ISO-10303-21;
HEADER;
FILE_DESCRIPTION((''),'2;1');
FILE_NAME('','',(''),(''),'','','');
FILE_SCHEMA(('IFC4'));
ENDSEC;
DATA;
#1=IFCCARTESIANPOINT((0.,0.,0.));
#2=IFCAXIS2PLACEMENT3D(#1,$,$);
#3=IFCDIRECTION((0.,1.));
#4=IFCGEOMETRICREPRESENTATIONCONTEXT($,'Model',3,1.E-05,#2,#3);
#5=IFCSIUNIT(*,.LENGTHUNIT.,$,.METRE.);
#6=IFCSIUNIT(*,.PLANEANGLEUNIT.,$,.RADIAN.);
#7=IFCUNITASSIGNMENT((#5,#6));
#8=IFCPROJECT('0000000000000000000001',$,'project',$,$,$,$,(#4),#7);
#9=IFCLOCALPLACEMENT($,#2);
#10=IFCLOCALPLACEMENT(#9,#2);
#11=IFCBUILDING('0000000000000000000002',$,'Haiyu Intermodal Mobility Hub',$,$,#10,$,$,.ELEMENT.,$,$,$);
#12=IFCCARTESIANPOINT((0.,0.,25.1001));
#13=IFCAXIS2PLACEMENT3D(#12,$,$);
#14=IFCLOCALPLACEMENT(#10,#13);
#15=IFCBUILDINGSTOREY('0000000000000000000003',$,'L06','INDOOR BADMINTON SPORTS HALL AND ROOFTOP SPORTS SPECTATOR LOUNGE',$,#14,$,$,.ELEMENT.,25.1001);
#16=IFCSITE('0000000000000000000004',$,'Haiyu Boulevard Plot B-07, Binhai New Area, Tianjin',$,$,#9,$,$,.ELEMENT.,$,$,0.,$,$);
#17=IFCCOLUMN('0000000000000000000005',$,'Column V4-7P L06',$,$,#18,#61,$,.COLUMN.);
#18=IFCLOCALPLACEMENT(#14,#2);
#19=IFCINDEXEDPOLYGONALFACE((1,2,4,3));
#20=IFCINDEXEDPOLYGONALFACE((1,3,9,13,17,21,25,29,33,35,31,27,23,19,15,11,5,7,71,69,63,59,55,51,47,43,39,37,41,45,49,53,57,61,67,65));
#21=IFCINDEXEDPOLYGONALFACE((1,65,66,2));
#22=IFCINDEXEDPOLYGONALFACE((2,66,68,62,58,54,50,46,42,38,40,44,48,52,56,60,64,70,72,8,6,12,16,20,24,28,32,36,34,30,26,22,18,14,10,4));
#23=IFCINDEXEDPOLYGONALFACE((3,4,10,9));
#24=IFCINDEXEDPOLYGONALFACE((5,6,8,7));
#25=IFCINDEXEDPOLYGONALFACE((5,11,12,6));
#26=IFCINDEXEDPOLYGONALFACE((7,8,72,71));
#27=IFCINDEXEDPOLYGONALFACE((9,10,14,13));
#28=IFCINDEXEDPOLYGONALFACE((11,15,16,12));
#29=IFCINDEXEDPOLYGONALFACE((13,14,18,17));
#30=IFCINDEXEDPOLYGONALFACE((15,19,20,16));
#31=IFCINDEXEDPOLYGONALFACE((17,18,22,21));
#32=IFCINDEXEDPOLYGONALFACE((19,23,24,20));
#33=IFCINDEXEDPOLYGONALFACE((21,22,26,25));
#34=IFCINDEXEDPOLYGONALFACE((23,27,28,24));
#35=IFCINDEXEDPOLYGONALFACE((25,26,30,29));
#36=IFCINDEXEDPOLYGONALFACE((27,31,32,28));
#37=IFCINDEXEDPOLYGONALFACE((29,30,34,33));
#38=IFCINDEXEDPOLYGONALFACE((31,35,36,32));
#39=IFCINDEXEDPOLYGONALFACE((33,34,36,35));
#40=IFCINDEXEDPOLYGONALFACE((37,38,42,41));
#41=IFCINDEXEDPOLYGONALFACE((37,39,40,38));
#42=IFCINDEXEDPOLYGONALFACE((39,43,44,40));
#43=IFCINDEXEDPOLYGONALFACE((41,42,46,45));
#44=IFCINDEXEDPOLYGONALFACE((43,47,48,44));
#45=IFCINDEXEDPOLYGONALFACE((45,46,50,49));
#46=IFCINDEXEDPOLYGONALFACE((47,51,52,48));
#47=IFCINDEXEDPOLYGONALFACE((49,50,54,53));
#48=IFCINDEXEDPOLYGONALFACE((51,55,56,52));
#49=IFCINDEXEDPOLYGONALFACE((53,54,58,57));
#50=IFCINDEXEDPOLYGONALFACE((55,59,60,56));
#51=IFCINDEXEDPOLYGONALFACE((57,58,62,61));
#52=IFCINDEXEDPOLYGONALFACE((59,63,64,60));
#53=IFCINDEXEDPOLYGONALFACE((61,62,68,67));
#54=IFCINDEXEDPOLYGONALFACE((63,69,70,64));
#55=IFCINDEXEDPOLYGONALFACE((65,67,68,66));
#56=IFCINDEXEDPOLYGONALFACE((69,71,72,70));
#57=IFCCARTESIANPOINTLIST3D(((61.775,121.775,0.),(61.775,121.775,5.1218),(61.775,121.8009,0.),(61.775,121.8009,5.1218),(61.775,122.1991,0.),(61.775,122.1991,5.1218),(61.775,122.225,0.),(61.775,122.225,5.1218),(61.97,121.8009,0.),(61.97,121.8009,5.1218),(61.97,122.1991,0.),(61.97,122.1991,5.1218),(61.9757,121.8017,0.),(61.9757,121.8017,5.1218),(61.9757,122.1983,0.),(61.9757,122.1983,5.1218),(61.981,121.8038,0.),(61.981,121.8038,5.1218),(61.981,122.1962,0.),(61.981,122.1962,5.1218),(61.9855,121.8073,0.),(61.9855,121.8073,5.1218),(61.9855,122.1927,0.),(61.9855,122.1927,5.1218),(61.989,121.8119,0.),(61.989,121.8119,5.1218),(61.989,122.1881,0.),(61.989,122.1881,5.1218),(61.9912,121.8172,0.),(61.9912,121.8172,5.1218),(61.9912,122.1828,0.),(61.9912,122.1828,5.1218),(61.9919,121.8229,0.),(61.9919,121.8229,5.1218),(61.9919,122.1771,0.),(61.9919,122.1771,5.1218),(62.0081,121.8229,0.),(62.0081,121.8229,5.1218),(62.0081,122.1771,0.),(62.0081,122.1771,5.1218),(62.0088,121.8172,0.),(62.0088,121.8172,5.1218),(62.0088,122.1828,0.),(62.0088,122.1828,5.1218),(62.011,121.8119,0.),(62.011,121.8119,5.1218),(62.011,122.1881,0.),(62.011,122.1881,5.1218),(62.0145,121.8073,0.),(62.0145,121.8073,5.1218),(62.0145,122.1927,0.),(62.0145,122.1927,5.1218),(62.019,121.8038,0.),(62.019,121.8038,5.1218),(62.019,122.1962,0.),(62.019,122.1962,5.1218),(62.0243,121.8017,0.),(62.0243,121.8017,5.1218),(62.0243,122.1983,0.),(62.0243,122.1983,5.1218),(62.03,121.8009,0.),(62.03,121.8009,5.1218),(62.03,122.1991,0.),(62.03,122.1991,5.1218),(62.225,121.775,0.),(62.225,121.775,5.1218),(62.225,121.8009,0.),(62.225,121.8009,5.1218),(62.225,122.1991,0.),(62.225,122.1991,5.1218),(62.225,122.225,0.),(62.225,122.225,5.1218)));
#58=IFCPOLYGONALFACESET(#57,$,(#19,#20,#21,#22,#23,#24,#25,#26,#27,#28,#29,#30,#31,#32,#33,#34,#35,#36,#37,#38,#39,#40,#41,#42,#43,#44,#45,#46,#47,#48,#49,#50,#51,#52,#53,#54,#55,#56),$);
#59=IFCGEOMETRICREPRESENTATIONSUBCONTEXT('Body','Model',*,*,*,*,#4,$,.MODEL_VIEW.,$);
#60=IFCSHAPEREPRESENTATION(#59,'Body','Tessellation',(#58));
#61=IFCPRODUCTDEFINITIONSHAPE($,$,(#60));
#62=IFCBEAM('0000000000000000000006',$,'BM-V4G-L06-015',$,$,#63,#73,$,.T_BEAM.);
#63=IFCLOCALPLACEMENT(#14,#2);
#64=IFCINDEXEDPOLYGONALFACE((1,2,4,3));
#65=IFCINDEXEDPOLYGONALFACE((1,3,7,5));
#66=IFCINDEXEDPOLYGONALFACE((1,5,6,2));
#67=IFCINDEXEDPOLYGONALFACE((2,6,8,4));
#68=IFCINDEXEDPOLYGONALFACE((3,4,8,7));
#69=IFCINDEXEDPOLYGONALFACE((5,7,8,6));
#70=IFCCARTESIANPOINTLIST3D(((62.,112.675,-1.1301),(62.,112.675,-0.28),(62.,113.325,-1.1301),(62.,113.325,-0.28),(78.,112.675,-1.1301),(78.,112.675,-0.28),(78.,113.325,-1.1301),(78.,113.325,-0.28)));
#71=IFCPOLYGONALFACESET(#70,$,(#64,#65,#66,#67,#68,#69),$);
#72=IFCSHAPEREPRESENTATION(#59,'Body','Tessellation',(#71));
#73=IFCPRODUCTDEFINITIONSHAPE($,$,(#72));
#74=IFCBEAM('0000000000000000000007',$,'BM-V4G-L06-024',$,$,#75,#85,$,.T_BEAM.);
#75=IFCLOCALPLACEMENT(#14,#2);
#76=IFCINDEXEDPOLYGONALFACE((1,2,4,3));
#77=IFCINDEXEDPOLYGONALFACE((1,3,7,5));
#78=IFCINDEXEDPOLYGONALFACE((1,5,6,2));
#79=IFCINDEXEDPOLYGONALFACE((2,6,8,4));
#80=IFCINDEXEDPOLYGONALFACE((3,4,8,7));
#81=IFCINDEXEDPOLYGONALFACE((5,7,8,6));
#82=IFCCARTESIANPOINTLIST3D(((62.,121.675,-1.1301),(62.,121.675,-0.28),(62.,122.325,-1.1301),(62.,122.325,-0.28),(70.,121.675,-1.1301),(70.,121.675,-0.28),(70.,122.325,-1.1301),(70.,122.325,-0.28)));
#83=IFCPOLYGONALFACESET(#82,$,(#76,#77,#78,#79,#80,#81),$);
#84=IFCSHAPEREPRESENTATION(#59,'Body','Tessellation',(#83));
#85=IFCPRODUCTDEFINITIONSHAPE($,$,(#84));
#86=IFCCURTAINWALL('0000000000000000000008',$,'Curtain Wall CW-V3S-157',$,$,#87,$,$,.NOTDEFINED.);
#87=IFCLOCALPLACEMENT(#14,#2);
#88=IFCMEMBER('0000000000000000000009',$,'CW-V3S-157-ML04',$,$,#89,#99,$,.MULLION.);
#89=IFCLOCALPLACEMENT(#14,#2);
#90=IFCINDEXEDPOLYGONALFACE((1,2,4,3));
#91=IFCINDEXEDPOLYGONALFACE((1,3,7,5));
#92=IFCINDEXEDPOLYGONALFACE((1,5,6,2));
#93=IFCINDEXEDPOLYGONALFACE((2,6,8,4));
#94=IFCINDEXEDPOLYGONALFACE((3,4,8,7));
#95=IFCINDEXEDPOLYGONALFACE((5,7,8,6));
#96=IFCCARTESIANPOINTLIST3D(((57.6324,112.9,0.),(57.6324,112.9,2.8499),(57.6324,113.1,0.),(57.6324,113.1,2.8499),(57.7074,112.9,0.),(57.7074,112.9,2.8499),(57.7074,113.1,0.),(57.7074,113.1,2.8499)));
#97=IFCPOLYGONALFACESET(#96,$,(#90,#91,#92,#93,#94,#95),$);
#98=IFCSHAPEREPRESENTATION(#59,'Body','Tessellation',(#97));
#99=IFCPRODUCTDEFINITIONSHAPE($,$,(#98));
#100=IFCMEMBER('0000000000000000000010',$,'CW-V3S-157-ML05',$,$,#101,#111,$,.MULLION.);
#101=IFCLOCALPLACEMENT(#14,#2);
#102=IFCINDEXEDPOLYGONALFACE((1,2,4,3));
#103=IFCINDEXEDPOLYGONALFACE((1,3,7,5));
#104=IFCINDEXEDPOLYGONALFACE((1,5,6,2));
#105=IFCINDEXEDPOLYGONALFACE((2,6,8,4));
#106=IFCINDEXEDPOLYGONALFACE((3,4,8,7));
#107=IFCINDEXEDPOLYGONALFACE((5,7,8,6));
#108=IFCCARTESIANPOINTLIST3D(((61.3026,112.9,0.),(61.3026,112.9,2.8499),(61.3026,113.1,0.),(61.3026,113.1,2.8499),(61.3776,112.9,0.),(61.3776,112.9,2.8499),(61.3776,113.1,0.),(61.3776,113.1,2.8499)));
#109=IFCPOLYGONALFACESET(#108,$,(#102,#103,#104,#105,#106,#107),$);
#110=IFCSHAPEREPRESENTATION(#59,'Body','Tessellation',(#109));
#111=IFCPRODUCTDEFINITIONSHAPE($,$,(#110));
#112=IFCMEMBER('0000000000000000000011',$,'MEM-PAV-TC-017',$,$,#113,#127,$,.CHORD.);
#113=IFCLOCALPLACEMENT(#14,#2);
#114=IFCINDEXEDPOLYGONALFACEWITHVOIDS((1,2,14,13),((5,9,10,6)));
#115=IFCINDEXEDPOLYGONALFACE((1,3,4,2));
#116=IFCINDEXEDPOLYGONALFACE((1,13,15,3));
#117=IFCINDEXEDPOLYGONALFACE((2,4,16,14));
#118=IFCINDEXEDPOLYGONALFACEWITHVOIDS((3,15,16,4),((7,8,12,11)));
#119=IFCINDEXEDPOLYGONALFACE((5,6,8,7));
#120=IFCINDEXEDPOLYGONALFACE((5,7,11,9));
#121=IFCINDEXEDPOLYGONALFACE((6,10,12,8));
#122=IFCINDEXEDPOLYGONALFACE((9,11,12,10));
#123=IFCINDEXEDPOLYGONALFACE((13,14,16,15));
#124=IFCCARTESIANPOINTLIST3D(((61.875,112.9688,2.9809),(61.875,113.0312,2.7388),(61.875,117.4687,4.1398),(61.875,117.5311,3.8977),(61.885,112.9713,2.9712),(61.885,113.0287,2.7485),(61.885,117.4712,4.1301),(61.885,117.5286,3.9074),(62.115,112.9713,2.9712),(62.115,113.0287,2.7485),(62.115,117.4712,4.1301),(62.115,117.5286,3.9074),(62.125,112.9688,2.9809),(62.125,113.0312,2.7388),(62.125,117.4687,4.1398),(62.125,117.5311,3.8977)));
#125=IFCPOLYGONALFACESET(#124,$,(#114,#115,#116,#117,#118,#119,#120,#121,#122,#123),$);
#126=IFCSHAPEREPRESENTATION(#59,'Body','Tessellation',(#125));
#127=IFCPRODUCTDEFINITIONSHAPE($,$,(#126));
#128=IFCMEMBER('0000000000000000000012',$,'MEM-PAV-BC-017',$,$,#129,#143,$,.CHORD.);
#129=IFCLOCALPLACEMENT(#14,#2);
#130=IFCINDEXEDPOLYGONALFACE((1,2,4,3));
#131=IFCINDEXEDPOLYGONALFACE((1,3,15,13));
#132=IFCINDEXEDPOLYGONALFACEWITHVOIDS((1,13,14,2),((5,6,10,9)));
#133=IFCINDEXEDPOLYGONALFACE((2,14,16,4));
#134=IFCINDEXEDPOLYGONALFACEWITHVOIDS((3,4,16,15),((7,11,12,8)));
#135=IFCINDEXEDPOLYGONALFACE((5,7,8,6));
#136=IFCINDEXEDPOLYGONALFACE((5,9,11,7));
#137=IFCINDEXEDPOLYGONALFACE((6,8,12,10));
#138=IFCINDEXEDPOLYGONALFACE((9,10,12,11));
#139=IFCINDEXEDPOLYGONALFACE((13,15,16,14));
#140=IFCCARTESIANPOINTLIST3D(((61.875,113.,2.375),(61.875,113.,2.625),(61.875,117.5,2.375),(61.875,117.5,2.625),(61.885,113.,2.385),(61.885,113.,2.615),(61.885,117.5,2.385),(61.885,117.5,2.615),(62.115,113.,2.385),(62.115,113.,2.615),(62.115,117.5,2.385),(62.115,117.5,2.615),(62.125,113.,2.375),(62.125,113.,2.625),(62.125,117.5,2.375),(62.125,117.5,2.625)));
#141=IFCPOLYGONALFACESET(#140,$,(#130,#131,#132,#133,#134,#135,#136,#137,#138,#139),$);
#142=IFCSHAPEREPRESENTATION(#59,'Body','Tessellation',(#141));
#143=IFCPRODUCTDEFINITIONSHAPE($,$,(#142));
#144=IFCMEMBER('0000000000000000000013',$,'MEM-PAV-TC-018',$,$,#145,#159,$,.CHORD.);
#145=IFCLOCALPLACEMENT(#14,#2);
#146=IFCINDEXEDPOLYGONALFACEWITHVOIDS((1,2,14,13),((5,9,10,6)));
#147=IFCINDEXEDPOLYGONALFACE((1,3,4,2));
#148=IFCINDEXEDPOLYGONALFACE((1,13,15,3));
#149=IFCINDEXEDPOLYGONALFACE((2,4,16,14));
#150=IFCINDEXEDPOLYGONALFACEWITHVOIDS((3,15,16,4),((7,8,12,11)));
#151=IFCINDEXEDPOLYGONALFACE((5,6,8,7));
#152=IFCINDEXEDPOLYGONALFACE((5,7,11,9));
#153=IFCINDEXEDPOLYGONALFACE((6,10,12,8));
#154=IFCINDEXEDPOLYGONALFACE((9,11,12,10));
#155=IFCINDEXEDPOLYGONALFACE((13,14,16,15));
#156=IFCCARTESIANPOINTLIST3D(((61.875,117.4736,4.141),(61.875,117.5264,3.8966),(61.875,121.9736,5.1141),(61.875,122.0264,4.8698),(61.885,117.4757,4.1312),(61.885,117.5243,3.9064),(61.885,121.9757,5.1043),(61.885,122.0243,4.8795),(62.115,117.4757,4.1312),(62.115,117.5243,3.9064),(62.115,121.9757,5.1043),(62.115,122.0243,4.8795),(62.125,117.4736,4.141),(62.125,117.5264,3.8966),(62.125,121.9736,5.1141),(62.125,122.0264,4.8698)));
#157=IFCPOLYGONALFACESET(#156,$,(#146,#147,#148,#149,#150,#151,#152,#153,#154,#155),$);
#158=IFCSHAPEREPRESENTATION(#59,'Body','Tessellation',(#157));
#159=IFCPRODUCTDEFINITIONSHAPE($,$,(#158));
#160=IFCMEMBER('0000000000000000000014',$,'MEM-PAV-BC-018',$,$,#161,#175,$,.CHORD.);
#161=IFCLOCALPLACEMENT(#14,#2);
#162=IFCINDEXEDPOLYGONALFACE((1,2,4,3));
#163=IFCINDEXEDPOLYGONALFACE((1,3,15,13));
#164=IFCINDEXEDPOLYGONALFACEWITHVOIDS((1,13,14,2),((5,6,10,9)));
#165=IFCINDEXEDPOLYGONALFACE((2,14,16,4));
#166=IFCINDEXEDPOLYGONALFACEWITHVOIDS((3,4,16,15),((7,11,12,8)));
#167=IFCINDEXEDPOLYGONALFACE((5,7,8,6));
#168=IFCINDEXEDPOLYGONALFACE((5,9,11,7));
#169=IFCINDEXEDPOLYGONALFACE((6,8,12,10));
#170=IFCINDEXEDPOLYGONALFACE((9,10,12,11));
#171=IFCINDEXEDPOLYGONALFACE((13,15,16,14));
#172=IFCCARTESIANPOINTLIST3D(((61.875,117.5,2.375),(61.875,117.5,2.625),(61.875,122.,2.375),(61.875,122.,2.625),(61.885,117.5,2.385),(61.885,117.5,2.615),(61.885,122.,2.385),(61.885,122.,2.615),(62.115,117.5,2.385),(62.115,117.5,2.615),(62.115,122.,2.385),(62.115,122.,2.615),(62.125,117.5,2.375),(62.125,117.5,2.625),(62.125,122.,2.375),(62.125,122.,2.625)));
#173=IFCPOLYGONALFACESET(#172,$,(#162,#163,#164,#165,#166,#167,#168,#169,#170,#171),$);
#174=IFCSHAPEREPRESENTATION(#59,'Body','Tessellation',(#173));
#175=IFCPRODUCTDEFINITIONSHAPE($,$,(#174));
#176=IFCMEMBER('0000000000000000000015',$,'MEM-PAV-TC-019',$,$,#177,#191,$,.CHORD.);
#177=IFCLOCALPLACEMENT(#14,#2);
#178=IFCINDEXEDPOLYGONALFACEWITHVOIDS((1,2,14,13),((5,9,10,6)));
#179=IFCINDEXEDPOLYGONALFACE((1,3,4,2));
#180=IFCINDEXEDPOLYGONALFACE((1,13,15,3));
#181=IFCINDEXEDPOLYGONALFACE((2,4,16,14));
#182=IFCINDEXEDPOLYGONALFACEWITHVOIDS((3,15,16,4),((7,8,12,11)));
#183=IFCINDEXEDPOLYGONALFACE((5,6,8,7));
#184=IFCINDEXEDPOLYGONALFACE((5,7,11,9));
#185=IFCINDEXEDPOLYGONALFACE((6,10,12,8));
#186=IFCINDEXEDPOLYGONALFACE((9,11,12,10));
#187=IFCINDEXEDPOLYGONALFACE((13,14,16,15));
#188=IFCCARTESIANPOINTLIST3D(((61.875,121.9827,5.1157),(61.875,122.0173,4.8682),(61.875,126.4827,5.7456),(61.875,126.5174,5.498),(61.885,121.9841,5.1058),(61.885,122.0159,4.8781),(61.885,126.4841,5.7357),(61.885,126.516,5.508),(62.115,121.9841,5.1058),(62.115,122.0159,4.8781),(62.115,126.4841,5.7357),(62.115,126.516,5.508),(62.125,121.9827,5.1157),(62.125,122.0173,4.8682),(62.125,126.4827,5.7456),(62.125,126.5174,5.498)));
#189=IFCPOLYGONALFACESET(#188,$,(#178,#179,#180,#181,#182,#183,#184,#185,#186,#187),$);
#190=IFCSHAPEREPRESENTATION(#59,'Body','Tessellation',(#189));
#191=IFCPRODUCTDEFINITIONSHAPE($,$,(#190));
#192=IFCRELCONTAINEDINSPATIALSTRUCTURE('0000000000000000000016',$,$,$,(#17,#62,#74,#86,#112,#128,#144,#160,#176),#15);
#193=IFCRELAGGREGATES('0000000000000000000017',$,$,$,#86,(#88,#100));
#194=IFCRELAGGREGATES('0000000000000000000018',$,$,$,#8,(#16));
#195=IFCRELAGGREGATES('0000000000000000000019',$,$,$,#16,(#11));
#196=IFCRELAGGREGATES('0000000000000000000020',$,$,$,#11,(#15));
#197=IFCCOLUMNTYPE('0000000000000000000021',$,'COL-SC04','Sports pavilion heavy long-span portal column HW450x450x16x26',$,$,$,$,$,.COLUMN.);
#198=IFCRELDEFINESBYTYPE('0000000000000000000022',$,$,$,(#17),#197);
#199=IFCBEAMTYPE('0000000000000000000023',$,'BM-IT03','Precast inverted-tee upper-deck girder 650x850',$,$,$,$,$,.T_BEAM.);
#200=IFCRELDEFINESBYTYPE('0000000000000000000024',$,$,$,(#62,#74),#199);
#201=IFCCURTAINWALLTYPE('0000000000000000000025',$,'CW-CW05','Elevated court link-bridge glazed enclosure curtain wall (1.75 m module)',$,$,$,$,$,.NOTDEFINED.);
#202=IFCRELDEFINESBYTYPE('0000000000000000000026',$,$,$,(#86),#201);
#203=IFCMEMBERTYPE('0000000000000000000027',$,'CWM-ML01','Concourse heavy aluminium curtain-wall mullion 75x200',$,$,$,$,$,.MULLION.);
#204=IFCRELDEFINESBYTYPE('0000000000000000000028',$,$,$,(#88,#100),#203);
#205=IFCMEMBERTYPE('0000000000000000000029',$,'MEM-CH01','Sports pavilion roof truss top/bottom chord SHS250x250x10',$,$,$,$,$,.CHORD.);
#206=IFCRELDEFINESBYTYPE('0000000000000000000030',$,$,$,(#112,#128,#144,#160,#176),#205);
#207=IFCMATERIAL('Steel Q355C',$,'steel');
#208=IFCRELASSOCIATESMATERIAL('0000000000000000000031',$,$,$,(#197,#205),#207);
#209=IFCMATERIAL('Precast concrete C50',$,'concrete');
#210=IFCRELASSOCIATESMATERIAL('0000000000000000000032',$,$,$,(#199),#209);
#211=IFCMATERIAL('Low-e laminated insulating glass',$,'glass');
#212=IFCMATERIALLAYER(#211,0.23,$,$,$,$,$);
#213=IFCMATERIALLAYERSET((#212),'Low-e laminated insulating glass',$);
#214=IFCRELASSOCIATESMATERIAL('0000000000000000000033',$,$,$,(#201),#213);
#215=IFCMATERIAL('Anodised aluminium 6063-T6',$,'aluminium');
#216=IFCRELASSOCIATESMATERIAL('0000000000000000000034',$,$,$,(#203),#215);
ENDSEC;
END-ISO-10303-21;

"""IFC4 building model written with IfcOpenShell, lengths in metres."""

from ifc_helpers import new_model, si_unit, direction, frame, origin, origin_2d, place, context, subcontext, project, spatial, rectangle, hollow_rectangle, i_section, extrude, material, layer, layer_set, material_profile, profile_set, type_object, element, aggregate, save


model = new_model("IFC4")

# Units and contexts
model_context = context("Model", 3, precision=1e-05, world=origin(), true_north=direction((0.0, 1.0)))
body_context = subcontext(model_context, "Body", "Model", "MODEL_VIEW")
ifc_project = project(units=[si_unit("LENGTHUNIT", "METRE"), si_unit("PLANEANGLEUNIT", "RADIAN")], contexts=[model_context])

# Site, building, storey
site_placement = place(None, origin())
site = spatial("IfcSite", under=ifc_project, at=site_placement, Name="Haiyu Boulevard Plot B-07, Binhai New Area, Tianjin", CompositionType="ELEMENT", RefElevation=0.0)
building_placement = place(site_placement, origin())
building = spatial("IfcBuilding", under=site, at=building_placement, Name="Haiyu Intermodal Mobility Hub", CompositionType="ELEMENT")
storey_placement = place(building_placement, frame((0.0, 0.0, 25.1001)))
storey = spatial("IfcBuildingStorey", under=building, at=storey_placement, Name="L06", Description="INDOOR BADMINTON SPORTS HALL AND ROOFTOP SPORTS SPECTATOR LOUNGE", CompositionType="ELEMENT", Elevation=25.1001)

# Column
ifc_material_1 = material(Name="Steel Q355C", Category="steel")
ifc_material_profile_1 = material_profile(ifc_material_1, i_section(OverallWidth=0.45, OverallDepth=0.45, WebThickness=0.0161, FlangeThickness=0.0259, FilletRadius=0.022, at=origin_2d()), Name="HW450x450x16x26")
ifc_profile_set_1 = profile_set([ifc_material_profile_1], Name="Steel Q355C")
column_type = type_object("IfcColumnType", Name="COL-SC04", Description="Sports pavilion heavy long-span portal column HW450x450x16x26", PredefinedType="COLUMN", material=ifc_profile_set_1)
column_placement = place(storey_placement, frame((62.0, 122.0, 0.0), z_axis=(0.0, 0.0, 1.0), x_axis=(1.0, 0.0, 0.0)))
element("IfcColumn", 1, at=column_placement, inside=storey, type_object=column_type, Name="Column V4-7P L06", PredefinedType="COLUMN", context=body_context, shape_type="SweptSolid", body=[
    extrude(i_section(OverallWidth=0.45, OverallDepth=0.45, WebThickness=0.0161, FlangeThickness=0.0259, FilletRadius=0.022, at=origin_2d()), origin(), (0.0, 0.0, 1.0), 5.1218),
])

# Beams
ifc_material_2 = material(Name="Precast concrete C50", Category="concrete")
ifc_material_profile_2 = material_profile(ifc_material_2, rectangle(XDim=0.6499, YDim=0.8501, at=origin_2d()), Name="PC650x850")
ifc_profile_set_2 = profile_set([ifc_material_profile_2], Name="Precast concrete C50")
beam_type = type_object("IfcBeamType", Name="BM-IT03", Description="Precast inverted-tee upper-deck girder 650x850", PredefinedType="T_BEAM", material=ifc_profile_set_2)
beam_1_placement = place(storey_placement, frame((62.0, 113.0, -0.7051), z_axis=(1.0, 0.0, 0.0), x_axis=(0.0, 1.0, 0.0)))
element("IfcBeam", 2, at=beam_1_placement, inside=storey, type_object=beam_type, Name="BM-V4G-L06-015", PredefinedType="T_BEAM", context=body_context, shape_type="SweptSolid", body=[
    extrude(rectangle(XDim=0.6499, YDim=0.8501, at=origin_2d()), origin(), (0.0, 0.0, 1.0), 16.0),
])
beam_2_placement = place(storey_placement, frame((62.0, 122.0, -0.7051), z_axis=(1.0, 0.0, 0.0), x_axis=(0.0, 1.0, 0.0)))
element("IfcBeam", 3, at=beam_2_placement, inside=storey, type_object=beam_type, Name="BM-V4G-L06-024", PredefinedType="T_BEAM", context=body_context, shape_type="SweptSolid", body=[
    extrude(rectangle(XDim=0.6499, YDim=0.8501, at=origin_2d()), origin(), (0.0, 0.0, 1.0), 8.0),
])

# Curtain wall, members
ifc_material_3 = material(Name="Low-e laminated insulating glass", Category="glass")
ifc_layer_1 = layer(ifc_material_3, 0.23)
ifc_layer_set_1 = layer_set([ifc_layer_1], Name="Low-e laminated insulating glass")
curtain_wall_type = type_object("IfcCurtainWallType", Name="CW-CW05", Description="Elevated court link-bridge glazed enclosure curtain wall (1.75 m module)", PredefinedType="NOTDEFINED", material=ifc_layer_set_1)
curtain_wall_placement = place(storey_placement, origin())
curtain_wall = element("IfcCurtainWall", 4, at=curtain_wall_placement, inside=storey, type_object=curtain_wall_type, Name="Curtain Wall CW-V3S-157", PredefinedType="NOTDEFINED")
ifc_material_4 = material(Name="Anodised aluminium 6063-T6", Category="aluminium")
ifc_material_profile_3 = material_profile(ifc_material_4, rectangle(XDim=0.075, YDim=0.2, at=origin_2d()), Name="ALU75x200")
ifc_profile_set_3 = profile_set([ifc_material_profile_3], Name="Anodised aluminium 6063-T6")
member_type_1 = type_object("IfcMemberType", Name="CWM-ML01", Description="Concourse heavy aluminium curtain-wall mullion 75x200", PredefinedType="MULLION", material=ifc_profile_set_3)
member_1_placement = place(storey_placement, frame((57.6699, 113.0, 0.0), z_axis=(0.0, 0.0, 1.0), x_axis=(1.0, 0.0, 0.0)))
member_1 = element("IfcMember", 5, at=member_1_placement, type_object=member_type_1, Name="CW-V3S-157-ML04", PredefinedType="MULLION", context=body_context, shape_type="SweptSolid", body=[
    extrude(rectangle(XDim=0.075, YDim=0.2, at=origin_2d()), origin(), (0.0, 0.0, 1.0), 2.8499),
])
member_2_placement = place(storey_placement, frame((61.3401, 113.0, 0.0), z_axis=(0.0, 0.0, 1.0), x_axis=(1.0, 0.0, 0.0)))
member_2 = element("IfcMember", 6, at=member_2_placement, type_object=member_type_1, Name="CW-V3S-157-ML05", PredefinedType="MULLION", context=body_context, shape_type="SweptSolid", body=[
    extrude(rectangle(XDim=0.075, YDim=0.2, at=origin_2d()), origin(), (0.0, 0.0, 1.0), 2.8499),
])

# Members
ifc_material_profile_4 = material_profile(ifc_material_1, hollow_rectangle(XDim=0.25, YDim=0.25, WallThickness=0.01, at=origin_2d()), Name="SHS250x250x10")
ifc_profile_set_4 = profile_set([ifc_material_profile_4], Name="Steel Q355C")
member_type_2 = type_object("IfcMemberType", Name="MEM-CH01", Description="Sports pavilion roof truss top/bottom chord SHS250x250x10", PredefinedType="CHORD", material=ifc_profile_set_4)
member_3_placement = place(storey_placement, frame((62.0, 113.0, 2.8599), z_axis=(0.0, 0.9684, 0.249403), x_axis=(-1.0, 0.0, 0.0)))
element("IfcMember", 7, at=member_3_placement, inside=storey, type_object=member_type_2, Name="MEM-PAV-TC-017", PredefinedType="CHORD", context=body_context, shape_type="SweptSolid", body=[
    extrude(hollow_rectangle(XDim=0.25, YDim=0.25, WallThickness=0.01, at=origin_2d()), origin(), (0.0, 0.0, 1.0), 4.6467),
])
member_4_placement = place(storey_placement, frame((62.0, 113.0, 2.5), z_axis=(0.0, 1.0, 0.0), x_axis=(-1.0, 0.0, 0.0)))
element("IfcMember", 8, at=member_4_placement, inside=storey, type_object=member_type_2, Name="MEM-PAV-BC-017", PredefinedType="CHORD", context=body_context, shape_type="SweptSolid", body=[
    extrude(hollow_rectangle(XDim=0.25, YDim=0.25, WallThickness=0.01, at=origin_2d()), origin(), (0.0, 0.0, 1.0), 4.5),
])
member_5_placement = place(storey_placement, frame((62.0, 117.5, 4.0188), z_axis=(0.0, 0.977406, 0.211368), x_axis=(-1.0, 0.0, 0.0)))
element("IfcMember", 9, at=member_5_placement, inside=storey, type_object=member_type_2, Name="MEM-PAV-TC-018", PredefinedType="CHORD", context=body_context, shape_type="SweptSolid", body=[
    extrude(hollow_rectangle(XDim=0.25, YDim=0.25, WallThickness=0.01, at=origin_2d()), origin(), (0.0, 0.0, 1.0), 4.604),
])
member_6_placement = place(storey_placement, frame((62.0, 117.5, 2.5), z_axis=(0.0, 1.0, 0.0), x_axis=(-1.0, 0.0, 0.0)))
element("IfcMember", 10, at=member_6_placement, inside=storey, type_object=member_type_2, Name="MEM-PAV-BC-018", PredefinedType="CHORD", context=body_context, shape_type="SweptSolid", body=[
    extrude(hollow_rectangle(XDim=0.25, YDim=0.25, WallThickness=0.01, at=origin_2d()), origin(), (0.0, 0.0, 1.0), 4.5),
])
member_7_placement = place(storey_placement, frame((62.0, 122.0, 4.9919), z_axis=(0.0, 0.990345, 0.138623), x_axis=(-1.0, 0.0, 0.0)))
element("IfcMember", 11, at=member_7_placement, inside=storey, type_object=member_type_2, Name="MEM-PAV-TC-019", PredefinedType="CHORD", context=body_context, shape_type="SweptSolid", body=[
    extrude(hollow_rectangle(XDim=0.25, YDim=0.25, WallThickness=0.01, at=origin_2d()), origin(), (0.0, 0.0, 1.0), 4.5439),
])

aggregate(curtain_wall, [member_1, member_2])

save(model, "model.ifc")
